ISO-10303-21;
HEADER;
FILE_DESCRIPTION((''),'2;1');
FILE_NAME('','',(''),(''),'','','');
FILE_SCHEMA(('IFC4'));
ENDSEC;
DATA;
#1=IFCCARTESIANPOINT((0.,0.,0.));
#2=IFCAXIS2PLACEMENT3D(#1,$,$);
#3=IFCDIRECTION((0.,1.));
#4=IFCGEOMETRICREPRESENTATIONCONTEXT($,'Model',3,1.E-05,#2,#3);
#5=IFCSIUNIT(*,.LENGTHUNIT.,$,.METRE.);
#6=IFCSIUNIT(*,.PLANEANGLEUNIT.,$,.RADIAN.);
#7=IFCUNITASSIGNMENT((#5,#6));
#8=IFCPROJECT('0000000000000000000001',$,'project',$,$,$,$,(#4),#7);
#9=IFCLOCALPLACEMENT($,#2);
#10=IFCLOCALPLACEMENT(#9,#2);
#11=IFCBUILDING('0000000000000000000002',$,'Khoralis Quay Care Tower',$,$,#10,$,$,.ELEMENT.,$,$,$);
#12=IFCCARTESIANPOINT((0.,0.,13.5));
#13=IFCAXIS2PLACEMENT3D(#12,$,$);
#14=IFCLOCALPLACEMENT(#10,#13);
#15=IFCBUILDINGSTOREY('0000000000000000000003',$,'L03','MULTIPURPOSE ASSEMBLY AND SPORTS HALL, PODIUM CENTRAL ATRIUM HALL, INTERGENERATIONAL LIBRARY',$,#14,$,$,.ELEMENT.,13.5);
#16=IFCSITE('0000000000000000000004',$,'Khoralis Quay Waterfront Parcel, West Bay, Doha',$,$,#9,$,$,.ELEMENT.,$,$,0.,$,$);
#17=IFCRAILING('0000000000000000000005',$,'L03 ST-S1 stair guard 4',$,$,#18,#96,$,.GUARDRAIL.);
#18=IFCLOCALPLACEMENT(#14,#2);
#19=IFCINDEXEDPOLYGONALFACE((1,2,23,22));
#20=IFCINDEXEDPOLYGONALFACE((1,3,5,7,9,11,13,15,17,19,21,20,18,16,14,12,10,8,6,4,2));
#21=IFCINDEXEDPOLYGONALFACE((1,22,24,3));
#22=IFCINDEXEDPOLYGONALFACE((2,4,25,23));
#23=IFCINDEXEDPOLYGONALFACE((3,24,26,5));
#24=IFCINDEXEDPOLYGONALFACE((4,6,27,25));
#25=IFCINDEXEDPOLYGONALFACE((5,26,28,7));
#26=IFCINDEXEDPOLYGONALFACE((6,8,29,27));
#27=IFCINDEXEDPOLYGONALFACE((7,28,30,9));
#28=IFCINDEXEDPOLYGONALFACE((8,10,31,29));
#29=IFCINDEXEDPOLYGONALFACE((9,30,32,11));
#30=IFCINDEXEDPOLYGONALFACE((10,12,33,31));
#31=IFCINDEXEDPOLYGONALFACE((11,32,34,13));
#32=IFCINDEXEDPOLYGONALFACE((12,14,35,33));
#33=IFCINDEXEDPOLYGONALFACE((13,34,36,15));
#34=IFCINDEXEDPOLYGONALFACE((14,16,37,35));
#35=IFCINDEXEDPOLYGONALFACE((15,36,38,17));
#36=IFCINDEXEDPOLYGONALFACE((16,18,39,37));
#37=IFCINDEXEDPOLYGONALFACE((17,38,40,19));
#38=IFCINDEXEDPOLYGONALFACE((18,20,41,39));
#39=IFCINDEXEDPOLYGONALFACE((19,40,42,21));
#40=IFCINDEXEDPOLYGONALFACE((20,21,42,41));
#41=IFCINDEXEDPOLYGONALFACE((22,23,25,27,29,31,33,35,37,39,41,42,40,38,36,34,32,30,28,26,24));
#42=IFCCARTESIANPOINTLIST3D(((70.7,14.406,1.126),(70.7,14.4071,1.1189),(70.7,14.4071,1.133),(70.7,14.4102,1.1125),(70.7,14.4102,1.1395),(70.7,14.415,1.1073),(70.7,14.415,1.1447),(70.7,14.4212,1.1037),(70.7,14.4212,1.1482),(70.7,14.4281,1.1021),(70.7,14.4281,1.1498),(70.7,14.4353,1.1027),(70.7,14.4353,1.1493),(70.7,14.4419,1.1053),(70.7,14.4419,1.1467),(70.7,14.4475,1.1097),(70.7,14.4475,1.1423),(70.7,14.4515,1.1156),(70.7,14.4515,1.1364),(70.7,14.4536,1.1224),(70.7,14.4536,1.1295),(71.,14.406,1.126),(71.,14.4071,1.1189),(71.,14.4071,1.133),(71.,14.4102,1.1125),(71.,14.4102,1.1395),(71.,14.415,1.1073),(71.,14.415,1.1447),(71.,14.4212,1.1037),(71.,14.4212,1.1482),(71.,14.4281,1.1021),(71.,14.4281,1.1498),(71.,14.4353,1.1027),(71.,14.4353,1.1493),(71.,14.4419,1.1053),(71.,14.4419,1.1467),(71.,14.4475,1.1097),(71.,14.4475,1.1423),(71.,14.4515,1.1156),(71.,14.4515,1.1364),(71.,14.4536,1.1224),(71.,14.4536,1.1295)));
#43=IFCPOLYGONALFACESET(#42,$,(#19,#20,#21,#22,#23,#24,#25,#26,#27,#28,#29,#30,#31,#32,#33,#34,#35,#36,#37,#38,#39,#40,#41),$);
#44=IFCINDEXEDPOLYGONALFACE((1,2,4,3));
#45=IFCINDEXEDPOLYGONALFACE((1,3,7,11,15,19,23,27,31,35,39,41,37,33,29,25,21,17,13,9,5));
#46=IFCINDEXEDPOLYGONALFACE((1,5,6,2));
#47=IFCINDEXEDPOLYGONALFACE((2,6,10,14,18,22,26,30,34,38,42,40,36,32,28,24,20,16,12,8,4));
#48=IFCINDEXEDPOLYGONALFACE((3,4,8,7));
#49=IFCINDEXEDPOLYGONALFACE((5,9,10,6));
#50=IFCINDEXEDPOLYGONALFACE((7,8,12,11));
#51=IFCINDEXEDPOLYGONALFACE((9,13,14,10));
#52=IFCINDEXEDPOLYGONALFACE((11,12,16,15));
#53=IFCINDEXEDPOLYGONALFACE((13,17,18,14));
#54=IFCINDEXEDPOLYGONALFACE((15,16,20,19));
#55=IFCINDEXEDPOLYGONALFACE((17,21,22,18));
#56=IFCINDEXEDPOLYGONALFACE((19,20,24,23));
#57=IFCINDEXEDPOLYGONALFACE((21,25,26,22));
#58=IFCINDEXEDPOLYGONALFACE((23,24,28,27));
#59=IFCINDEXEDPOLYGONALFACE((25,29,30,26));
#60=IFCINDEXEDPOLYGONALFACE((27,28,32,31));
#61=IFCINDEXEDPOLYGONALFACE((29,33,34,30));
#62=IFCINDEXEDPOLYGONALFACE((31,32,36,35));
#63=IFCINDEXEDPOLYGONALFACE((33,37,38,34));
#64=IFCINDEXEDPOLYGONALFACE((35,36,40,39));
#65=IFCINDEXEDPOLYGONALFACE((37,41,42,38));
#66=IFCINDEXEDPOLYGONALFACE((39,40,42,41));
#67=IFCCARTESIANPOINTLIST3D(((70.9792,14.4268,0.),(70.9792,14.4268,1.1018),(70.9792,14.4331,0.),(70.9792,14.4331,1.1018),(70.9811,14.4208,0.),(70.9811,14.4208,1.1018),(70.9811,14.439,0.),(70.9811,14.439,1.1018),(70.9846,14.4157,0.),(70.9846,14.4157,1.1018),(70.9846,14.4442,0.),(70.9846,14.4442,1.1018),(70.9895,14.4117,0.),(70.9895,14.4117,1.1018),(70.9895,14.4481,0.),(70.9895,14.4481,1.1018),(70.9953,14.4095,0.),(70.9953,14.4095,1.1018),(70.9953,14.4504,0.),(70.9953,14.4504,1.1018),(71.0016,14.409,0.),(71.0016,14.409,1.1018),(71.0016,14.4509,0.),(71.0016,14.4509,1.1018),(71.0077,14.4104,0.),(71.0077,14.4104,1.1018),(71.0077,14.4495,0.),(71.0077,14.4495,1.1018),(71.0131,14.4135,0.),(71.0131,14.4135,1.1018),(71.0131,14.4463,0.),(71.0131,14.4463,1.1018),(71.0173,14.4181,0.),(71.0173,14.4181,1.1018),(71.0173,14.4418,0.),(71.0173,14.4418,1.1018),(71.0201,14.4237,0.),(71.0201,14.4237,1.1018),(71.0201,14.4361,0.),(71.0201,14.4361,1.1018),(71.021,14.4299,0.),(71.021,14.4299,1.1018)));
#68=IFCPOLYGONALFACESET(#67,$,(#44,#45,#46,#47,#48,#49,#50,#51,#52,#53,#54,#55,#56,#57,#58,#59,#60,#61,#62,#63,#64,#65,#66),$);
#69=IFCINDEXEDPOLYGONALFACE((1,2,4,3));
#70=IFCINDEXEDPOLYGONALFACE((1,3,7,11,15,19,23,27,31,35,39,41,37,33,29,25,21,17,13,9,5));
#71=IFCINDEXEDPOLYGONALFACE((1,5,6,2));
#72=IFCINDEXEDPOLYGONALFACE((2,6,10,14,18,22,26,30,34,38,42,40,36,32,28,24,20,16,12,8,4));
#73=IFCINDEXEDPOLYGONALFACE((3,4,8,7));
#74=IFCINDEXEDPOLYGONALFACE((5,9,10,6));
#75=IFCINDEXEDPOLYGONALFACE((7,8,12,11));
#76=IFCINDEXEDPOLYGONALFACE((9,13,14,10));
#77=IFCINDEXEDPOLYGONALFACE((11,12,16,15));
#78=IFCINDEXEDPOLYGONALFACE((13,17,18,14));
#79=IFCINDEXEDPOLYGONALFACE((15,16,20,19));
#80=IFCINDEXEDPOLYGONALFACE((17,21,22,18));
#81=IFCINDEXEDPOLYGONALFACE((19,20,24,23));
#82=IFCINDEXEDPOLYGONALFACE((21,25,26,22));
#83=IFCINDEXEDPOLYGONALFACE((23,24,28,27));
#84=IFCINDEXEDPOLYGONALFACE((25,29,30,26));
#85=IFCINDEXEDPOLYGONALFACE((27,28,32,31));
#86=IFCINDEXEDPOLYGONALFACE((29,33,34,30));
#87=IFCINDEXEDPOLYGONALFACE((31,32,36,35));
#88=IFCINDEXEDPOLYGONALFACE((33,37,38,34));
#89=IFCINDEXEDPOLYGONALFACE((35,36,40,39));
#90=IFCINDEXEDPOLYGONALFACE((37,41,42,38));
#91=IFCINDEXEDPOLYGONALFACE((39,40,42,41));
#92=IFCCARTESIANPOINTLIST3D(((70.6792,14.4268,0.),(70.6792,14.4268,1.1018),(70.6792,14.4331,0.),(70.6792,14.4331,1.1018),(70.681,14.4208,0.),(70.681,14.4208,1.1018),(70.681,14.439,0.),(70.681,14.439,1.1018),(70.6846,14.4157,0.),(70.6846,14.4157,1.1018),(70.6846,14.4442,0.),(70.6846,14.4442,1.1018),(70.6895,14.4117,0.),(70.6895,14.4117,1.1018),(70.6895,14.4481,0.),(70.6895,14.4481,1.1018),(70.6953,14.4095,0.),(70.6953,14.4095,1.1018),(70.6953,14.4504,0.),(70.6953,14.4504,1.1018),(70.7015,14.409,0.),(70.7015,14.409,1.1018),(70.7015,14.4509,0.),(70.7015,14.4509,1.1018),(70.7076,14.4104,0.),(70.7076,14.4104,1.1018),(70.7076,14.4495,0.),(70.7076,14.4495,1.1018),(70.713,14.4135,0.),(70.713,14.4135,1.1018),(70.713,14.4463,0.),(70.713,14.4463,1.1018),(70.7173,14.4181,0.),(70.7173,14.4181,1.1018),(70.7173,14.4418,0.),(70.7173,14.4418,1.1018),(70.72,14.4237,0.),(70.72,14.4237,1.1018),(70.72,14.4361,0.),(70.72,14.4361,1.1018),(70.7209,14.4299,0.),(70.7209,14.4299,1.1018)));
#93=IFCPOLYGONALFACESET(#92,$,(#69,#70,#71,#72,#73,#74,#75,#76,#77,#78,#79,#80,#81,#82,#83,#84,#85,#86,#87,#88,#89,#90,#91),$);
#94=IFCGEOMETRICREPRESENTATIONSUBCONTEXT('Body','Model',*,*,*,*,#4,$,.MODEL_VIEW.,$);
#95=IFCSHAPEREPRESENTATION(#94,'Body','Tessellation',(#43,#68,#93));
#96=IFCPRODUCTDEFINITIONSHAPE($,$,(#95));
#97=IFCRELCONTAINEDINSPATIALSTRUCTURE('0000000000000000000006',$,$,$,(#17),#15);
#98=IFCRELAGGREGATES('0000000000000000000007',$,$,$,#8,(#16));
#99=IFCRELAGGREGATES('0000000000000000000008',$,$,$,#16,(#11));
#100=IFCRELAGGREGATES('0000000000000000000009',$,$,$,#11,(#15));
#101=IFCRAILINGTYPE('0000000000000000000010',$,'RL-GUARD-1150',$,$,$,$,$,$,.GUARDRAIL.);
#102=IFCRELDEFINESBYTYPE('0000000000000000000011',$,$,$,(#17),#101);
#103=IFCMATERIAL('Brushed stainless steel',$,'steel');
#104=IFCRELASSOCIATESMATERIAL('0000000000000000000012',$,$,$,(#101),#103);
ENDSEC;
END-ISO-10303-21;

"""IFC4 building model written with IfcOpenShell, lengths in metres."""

from ifc_helpers import new_model, si_unit, direction, frame, origin, origin_2d, place, context, subcontext, project, spatial, circle, extrude, material, type_object, element, save


model = new_model("IFC4")

# Units and contexts
model_context = context("Model", 3, precision=1e-05, world=origin(), true_north=direction((0.0, 1.0)))
body_context = subcontext(model_context, "Body", "Model", "MODEL_VIEW")
ifc_project = project(units=[si_unit("LENGTHUNIT", "METRE"), si_unit("PLANEANGLEUNIT", "RADIAN")], contexts=[model_context])

# Site, building, storey
site_placement = place(None, origin())
site = spatial("IfcSite", under=ifc_project, at=site_placement, Name="Khoralis Quay Waterfront Parcel, West Bay, Doha", CompositionType="ELEMENT", RefElevation=0.0)
building_placement = place(site_placement, origin())
building = spatial("IfcBuilding", under=site, at=building_placement, Name="Khoralis Quay Care Tower", CompositionType="ELEMENT")
storey_placement = place(building_placement, frame((0.0, 0.0, 13.5)))
storey = spatial("IfcBuildingStorey", under=building, at=storey_placement, Name="L03", Description="MULTIPURPOSE ASSEMBLY AND SPORTS HALL, PODIUM CENTRAL ATRIUM HALL, INTERGENERATIONAL LIBRARY", CompositionType="ELEMENT", Elevation=13.5)

# Railing
ifc_material_1 = material(Name="Brushed stainless steel", Category="steel")
railing_type_1 = type_object("IfcRailingType", Name="RL-GUARD-1150", PredefinedType="GUARDRAIL", material=ifc_material_1)
railing_1_placement = place(storey_placement, frame((71.0, 14.4299, 0.0)))
element("IfcRailing", 1, at=railing_1_placement, inside=storey, type_object=railing_type_1, Name="L03 ST-S1 stair guard 4", PredefinedType="GUARDRAIL", context=body_context, shape_type="SweptSolid", body=[
    extrude(circle(Radius=0.0239, at=origin_2d()), frame((0.0, 0.0, 1.126), z_axis=(-1.0, 0.0, 0.0), x_axis=(0.0, -1.0, 0.0)), (0.0, 0.0, 1.0), 0.3),
    extrude(circle(Radius=0.021, at=origin_2d()), origin(), (0.0, 0.0, 1.0), 1.1018),
    extrude(circle(Radius=0.021, at=origin_2d()), frame((-0.3, 0.0, 0.0)), (0.0, 0.0, 1.0), 1.1018),
])

save(model, "model.ifc")
